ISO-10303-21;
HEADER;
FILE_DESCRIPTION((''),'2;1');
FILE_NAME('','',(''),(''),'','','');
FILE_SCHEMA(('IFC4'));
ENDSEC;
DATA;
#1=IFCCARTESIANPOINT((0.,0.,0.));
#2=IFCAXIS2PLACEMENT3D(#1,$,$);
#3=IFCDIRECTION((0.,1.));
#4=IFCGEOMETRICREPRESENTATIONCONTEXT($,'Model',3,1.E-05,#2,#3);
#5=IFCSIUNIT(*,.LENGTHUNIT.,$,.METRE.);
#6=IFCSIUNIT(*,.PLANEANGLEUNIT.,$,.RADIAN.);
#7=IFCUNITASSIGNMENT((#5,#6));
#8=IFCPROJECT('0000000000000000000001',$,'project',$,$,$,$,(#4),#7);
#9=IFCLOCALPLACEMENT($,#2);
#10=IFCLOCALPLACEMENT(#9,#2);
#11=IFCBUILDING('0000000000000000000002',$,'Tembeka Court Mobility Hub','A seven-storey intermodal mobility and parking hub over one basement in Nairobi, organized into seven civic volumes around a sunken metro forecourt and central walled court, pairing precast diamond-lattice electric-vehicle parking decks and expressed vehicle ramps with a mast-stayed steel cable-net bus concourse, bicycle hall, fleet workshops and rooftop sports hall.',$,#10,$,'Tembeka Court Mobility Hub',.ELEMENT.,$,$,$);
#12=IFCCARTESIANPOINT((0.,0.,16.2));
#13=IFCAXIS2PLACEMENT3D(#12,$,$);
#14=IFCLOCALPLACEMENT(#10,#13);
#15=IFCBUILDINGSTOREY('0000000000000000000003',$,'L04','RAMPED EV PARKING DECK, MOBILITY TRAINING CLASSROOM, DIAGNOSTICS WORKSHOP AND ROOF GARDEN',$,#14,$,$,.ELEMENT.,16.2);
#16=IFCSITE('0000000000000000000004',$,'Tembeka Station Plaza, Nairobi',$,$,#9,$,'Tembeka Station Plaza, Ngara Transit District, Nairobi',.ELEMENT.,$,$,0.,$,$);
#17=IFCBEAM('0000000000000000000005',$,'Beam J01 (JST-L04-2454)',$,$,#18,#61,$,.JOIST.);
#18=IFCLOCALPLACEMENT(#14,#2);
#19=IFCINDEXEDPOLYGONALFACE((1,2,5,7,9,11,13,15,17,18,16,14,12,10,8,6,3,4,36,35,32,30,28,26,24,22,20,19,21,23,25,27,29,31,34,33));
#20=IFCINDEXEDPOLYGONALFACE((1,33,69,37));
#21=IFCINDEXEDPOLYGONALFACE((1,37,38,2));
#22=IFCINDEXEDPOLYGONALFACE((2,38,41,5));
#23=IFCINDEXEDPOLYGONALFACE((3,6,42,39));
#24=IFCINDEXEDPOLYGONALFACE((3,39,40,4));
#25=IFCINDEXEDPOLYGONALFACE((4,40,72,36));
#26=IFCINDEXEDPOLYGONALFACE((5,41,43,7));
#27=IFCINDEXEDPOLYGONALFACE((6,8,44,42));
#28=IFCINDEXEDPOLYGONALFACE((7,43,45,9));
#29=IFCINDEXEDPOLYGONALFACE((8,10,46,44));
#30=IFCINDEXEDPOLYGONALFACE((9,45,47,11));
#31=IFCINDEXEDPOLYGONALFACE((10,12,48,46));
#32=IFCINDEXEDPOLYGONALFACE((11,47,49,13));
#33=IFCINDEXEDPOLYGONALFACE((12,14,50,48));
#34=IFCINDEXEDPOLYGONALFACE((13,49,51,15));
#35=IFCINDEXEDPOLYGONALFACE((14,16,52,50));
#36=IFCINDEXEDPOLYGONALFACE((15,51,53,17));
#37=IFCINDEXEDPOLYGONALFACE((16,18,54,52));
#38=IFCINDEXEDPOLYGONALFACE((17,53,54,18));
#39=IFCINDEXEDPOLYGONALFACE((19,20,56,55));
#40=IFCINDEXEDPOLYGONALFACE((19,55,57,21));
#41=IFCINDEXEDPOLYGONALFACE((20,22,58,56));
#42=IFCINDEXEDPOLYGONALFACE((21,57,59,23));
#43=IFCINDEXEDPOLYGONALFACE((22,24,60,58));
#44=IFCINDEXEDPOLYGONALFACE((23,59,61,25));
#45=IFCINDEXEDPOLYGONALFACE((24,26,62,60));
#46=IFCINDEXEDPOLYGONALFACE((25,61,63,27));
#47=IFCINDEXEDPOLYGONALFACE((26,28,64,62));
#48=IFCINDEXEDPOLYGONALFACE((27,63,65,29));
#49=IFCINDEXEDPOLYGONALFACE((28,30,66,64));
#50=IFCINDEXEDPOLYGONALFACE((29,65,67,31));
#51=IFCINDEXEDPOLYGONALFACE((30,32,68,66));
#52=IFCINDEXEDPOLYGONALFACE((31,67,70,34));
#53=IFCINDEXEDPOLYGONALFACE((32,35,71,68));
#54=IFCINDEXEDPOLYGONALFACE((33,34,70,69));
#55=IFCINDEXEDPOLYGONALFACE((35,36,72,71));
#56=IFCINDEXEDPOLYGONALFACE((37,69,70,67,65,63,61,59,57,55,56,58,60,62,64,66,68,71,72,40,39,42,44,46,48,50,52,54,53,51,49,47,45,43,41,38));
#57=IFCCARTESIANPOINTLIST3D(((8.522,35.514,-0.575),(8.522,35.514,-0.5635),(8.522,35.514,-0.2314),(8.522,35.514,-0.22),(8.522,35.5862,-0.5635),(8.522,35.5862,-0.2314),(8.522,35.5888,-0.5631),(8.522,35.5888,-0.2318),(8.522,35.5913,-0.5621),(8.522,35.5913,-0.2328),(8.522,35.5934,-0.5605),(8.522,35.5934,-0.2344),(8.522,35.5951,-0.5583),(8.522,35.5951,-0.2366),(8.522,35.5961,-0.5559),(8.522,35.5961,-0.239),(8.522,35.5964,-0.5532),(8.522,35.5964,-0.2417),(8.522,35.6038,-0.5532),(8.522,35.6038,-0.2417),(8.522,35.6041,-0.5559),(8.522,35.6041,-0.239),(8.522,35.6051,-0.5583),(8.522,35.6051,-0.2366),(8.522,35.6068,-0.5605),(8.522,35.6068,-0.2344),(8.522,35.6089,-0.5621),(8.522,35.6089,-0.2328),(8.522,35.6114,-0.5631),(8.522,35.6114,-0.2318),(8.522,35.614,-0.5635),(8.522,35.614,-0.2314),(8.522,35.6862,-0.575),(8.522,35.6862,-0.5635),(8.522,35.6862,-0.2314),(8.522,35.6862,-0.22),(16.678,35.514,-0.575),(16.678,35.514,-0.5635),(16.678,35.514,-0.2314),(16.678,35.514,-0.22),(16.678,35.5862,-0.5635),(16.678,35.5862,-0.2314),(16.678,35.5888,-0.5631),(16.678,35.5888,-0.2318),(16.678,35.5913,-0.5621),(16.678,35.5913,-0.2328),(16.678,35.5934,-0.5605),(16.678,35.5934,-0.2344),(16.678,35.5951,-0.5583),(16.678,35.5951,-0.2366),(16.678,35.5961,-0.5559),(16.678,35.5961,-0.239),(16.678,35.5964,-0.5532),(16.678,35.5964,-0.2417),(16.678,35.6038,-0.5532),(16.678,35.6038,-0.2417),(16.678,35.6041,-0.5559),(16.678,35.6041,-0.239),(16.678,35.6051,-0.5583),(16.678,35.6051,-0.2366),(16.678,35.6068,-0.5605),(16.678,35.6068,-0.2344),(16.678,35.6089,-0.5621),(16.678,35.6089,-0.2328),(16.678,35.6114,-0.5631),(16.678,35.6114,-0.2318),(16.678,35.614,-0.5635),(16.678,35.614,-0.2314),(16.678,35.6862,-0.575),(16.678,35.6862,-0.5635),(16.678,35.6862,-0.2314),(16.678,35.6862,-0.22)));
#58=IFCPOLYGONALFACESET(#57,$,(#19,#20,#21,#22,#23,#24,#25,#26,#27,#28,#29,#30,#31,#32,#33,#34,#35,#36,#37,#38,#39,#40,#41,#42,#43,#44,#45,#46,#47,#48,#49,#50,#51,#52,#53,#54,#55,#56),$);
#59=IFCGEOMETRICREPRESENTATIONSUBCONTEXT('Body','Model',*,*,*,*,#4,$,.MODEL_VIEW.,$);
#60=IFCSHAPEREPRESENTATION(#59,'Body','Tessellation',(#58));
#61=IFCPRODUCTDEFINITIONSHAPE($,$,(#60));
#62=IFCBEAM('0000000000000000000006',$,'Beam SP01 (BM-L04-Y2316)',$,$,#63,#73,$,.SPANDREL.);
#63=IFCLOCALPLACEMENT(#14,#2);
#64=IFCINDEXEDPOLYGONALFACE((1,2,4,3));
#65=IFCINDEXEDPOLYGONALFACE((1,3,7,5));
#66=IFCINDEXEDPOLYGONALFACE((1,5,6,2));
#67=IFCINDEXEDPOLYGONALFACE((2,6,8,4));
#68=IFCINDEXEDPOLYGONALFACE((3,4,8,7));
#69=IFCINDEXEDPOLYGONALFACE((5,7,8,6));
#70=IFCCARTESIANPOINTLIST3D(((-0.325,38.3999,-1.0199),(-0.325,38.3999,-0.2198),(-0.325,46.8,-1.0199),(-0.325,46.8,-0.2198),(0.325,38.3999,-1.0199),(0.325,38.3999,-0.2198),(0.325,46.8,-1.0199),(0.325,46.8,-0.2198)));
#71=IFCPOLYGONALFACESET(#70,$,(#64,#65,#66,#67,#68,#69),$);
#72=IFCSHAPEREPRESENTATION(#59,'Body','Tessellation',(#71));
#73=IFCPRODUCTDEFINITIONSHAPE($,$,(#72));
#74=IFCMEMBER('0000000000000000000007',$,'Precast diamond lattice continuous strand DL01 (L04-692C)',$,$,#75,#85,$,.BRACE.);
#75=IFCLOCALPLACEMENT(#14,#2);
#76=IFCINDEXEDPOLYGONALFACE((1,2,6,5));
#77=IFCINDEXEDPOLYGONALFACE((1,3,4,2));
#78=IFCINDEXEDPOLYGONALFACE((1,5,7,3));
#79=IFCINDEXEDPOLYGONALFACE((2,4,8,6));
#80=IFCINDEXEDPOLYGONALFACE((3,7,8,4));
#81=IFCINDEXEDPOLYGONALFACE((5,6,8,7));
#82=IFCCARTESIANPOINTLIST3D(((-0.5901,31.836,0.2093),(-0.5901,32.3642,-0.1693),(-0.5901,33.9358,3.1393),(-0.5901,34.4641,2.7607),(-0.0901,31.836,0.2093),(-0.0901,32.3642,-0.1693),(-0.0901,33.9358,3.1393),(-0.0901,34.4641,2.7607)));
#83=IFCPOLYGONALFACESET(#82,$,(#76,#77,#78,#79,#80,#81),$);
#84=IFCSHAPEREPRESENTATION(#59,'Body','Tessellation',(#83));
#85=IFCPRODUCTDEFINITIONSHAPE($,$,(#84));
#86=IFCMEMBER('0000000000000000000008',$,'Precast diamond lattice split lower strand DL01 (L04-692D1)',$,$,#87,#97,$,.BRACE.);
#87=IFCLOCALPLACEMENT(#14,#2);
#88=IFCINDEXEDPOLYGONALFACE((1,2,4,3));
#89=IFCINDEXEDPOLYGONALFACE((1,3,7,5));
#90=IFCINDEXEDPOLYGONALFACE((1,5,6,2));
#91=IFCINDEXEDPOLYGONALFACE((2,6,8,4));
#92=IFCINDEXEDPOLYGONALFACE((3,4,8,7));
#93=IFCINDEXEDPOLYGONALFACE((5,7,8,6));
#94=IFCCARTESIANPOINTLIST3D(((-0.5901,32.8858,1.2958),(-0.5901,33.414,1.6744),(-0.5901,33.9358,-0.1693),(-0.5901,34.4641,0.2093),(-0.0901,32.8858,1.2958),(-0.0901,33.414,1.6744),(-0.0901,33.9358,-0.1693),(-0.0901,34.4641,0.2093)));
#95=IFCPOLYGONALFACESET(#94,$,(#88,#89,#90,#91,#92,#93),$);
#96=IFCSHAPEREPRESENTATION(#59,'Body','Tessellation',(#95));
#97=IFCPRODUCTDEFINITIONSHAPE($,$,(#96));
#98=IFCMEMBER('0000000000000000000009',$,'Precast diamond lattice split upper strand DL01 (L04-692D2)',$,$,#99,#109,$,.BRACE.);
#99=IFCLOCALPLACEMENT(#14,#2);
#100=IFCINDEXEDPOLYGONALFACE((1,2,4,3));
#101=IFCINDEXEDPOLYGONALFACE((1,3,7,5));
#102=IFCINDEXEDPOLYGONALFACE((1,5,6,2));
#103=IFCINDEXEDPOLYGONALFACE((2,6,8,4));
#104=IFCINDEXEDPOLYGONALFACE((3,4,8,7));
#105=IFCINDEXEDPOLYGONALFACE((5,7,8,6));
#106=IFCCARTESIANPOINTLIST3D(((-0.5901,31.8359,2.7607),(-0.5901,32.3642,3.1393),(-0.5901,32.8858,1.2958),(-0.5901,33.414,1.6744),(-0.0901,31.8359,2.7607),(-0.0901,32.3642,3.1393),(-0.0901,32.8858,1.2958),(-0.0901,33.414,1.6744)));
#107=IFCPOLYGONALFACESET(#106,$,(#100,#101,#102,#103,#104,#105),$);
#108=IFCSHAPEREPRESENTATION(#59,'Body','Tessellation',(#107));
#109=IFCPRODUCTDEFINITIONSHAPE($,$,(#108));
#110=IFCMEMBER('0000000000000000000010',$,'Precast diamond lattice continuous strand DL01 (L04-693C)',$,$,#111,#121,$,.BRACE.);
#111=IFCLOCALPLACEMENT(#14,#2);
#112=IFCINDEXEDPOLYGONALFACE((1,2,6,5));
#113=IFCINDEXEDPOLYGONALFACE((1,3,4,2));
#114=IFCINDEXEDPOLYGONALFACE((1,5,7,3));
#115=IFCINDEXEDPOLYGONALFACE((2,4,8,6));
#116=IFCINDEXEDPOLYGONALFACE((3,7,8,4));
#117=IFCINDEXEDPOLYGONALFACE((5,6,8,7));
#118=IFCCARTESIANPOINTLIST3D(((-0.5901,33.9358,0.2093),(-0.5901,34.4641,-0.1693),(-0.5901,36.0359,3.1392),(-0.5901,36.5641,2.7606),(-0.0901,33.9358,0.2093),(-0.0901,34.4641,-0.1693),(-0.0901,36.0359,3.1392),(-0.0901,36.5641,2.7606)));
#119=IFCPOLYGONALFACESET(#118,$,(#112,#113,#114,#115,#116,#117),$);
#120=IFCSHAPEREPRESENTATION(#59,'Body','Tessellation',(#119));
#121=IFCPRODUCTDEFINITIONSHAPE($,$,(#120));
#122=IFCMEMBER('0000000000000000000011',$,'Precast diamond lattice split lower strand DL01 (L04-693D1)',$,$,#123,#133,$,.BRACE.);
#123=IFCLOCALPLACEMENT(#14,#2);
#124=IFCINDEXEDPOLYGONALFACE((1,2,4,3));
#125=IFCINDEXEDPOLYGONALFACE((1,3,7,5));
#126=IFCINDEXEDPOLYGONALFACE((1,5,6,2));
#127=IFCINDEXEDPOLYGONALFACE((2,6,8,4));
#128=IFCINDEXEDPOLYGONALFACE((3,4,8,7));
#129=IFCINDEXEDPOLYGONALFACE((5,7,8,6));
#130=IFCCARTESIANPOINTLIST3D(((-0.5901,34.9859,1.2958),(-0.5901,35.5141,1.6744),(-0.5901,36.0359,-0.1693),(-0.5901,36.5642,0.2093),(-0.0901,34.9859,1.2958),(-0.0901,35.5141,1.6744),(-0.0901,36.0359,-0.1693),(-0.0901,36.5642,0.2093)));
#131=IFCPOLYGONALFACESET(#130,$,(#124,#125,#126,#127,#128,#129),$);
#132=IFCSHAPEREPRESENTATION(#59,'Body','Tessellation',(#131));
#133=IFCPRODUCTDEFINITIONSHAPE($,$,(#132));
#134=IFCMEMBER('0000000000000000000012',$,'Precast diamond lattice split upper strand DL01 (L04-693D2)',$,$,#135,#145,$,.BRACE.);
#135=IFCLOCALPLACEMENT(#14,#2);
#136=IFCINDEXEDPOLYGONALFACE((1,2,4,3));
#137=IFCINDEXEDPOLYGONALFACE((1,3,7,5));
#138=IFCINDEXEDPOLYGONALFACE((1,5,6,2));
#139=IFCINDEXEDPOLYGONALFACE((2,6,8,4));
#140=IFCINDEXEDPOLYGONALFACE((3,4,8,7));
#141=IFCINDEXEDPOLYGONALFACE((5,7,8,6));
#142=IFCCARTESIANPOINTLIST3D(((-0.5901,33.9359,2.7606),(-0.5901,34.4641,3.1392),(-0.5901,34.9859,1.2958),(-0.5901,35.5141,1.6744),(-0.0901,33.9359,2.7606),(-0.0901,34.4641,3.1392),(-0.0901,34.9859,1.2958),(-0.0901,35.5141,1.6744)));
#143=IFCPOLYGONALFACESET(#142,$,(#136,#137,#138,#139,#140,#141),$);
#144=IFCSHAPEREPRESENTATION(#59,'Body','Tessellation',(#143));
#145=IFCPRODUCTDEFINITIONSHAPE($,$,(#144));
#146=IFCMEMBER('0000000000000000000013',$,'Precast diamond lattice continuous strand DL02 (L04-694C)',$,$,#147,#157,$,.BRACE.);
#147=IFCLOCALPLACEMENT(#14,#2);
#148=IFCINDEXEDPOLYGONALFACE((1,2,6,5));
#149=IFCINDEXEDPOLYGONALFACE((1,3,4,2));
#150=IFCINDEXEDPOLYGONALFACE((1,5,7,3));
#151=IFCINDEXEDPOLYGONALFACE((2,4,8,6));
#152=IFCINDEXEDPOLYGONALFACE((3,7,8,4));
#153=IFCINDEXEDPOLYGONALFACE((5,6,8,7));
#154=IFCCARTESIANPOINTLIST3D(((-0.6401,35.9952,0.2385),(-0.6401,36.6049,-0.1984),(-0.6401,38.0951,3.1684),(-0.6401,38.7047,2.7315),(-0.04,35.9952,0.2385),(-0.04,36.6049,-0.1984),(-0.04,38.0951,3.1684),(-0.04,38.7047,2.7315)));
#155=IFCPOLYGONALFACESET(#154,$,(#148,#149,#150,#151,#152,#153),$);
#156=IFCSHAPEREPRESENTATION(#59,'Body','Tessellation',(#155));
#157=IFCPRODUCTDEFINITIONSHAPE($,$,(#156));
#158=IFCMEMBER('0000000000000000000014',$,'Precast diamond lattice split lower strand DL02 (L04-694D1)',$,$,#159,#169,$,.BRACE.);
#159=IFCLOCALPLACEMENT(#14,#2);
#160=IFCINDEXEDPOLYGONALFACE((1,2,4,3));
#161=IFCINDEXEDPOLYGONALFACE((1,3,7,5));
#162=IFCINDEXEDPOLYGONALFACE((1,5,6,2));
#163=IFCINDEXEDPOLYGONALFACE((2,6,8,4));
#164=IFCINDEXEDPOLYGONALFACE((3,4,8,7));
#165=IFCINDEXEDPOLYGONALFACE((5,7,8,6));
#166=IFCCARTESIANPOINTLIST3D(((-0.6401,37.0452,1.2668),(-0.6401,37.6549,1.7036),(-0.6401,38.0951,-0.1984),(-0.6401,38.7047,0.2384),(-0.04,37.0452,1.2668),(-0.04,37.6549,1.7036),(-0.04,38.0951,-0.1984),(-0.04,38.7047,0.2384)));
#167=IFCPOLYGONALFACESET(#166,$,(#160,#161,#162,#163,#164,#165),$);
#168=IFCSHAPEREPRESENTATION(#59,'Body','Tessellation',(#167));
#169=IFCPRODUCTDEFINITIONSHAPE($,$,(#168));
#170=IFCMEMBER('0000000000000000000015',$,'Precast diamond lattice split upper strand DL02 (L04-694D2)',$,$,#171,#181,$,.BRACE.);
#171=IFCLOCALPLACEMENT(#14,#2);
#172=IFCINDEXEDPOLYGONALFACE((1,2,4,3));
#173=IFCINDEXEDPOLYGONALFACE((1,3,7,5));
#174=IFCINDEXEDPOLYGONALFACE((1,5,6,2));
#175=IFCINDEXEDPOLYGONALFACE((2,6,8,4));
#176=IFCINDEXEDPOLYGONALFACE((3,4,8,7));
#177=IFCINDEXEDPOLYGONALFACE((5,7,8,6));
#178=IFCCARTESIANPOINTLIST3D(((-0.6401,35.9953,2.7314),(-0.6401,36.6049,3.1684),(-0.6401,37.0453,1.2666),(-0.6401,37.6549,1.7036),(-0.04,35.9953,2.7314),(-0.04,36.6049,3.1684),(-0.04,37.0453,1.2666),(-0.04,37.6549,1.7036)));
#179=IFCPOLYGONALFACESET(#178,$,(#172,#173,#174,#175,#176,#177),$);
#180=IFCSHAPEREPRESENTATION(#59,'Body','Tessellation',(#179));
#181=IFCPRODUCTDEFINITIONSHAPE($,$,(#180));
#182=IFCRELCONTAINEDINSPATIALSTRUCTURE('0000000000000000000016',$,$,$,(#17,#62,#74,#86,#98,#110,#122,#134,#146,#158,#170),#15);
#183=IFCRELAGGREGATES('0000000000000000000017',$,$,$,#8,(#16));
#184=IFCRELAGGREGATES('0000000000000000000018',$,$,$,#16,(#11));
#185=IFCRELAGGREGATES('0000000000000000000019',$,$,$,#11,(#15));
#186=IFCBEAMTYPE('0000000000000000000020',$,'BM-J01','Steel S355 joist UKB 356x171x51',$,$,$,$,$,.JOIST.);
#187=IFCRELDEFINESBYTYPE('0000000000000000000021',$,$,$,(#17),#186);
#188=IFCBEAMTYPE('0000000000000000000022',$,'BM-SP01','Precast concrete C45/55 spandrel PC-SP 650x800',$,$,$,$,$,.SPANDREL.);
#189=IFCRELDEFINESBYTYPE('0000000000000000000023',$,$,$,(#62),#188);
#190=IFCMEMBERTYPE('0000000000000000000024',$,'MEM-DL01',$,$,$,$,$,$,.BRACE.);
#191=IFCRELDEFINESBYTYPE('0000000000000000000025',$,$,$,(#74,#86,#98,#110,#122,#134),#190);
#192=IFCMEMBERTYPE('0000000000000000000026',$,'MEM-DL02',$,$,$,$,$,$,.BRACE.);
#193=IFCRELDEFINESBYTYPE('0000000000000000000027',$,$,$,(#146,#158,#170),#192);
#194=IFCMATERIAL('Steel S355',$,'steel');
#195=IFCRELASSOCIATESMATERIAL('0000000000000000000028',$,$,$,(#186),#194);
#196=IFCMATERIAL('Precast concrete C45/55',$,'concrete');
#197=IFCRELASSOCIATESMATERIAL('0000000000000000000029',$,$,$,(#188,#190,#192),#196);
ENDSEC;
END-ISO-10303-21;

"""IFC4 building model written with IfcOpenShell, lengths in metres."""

from ifc_helpers import new_model, si_unit, direction, frame, origin, origin_2d, place, context, subcontext, project, spatial, rectangle, i_section, extrude, material, material_profile, profile_set, type_object, element, save


model = new_model("IFC4")

# Units and contexts
model_context = context("Model", 3, precision=1e-05, world=origin(), true_north=direction((0.0, 1.0)))
body_context = subcontext(model_context, "Body", "Model", "MODEL_VIEW")
ifc_project = project(units=[si_unit("LENGTHUNIT", "METRE"), si_unit("PLANEANGLEUNIT", "RADIAN")], contexts=[model_context])

# Site, building, storey
site_placement = place(None, origin())
site = spatial("IfcSite", under=ifc_project, at=site_placement, Name="Tembeka Station Plaza, Nairobi", LongName="Tembeka Station Plaza, Ngara Transit District, Nairobi", CompositionType="ELEMENT", RefElevation=0.0)
building_placement = place(site_placement, origin())
building = spatial("IfcBuilding", under=site, at=building_placement, Name="Tembeka Court Mobility Hub", Description="A seven-storey intermodal mobility and parking hub over one basement in Nairobi, organized into seven civic volumes around a sunken metro forecourt and central walled court, pairing precast diamond-lattice electric-vehicle parking decks and expressed vehicle ramps with a mast-stayed steel cable-net bus concourse, bicycle hall, fleet workshops and rooftop sports hall.", LongName="Tembeka Court Mobility Hub", CompositionType="ELEMENT")
storey_placement = place(building_placement, frame((0.0, 0.0, 16.2)))
storey = spatial("IfcBuildingStorey", under=building, at=storey_placement, Name="L04", Description="RAMPED EV PARKING DECK, MOBILITY TRAINING CLASSROOM, DIAGNOSTICS WORKSHOP AND ROOF GARDEN", CompositionType="ELEMENT", Elevation=16.2)

# Shared definitions
ifc_material_1 = material(Name="Steel S355", Category="steel")

# Beams
ifc_material_profile_1 = material_profile(ifc_material_1, i_section(OverallWidth=0.1721, OverallDepth=0.355, WebThickness=0.0073, FlangeThickness=0.0115, FilletRadius=0.0103, at=origin_2d()), Name="UKB 356x171x51")
ifc_profile_set_1 = profile_set([ifc_material_profile_1], Name="Steel S355")
beam_type_1 = type_object("IfcBeamType", Name="BM-J01", Description="Steel S355 joist UKB 356x171x51", PredefinedType="JOIST", material=ifc_profile_set_1)
for number, where, z_axis, x_axis, name in (
    (1, (8.522, 35.6001, -0.3975), (1.0, 0.0, 0.0), (0.0, 1.0, 0.0), "Beam J01 (JST-L04-2454)"),
):
    element("IfcBeam", number, at=place(storey_placement, frame(where, z_axis=z_axis, x_axis=x_axis)), inside=storey, type_object=beam_type_1, Name=name, PredefinedType="JOIST", context=body_context, shape_type="SweptSolid", body=[
        extrude(i_section(OverallWidth=0.1721, OverallDepth=0.355, WebThickness=0.0073, FlangeThickness=0.0115, FilletRadius=0.0103, at=origin_2d()), origin(), (0.0, 0.0, 1.0), 8.156),
    ])
ifc_material_2 = material(Name="Precast concrete C45/55", Category="concrete")
ifc_material_profile_2 = material_profile(ifc_material_2, rectangle(XDim=0.6499, YDim=0.8, at=origin_2d()), Name="PC-SP 650x800")
ifc_profile_set_2 = profile_set([ifc_material_profile_2], Name="Precast concrete C45/55")
beam_type_2 = type_object("IfcBeamType", Name="BM-SP01", Description="Precast concrete C45/55 spandrel PC-SP 650x800", PredefinedType="SPANDREL", material=ifc_profile_set_2)
beam_1_placement = place(storey_placement, frame((0.0, 38.3999, -0.6199), z_axis=(0.0, 1.0, 0.0), x_axis=(-1.0, 0.0, 0.0)))
element("IfcBeam", 2, at=beam_1_placement, inside=storey, type_object=beam_type_2, Name="Beam SP01 (BM-L04-Y2316)", PredefinedType="SPANDREL", context=body_context, shape_type="SweptSolid", body=[
    extrude(rectangle(XDim=0.6499, YDim=0.8, at=origin_2d()), origin(), (0.0, 0.0, 1.0), 8.4001),
])

# Members
ifc_material_profile_3 = material_profile(ifc_material_2, rectangle(XDim=0.5, YDim=0.6499, at=origin_2d()), Name="PC-DIAG 500x650")
ifc_profile_set_3 = profile_set([ifc_material_profile_3], Name="Precast concrete C45/55")
member_type_1 = type_object("IfcMemberType", Name="MEM-DL01", PredefinedType="BRACE", material=ifc_profile_set_3)
member_1_placement = place(storey_placement, frame((-0.3401, 32.1001, 0.02), z_axis=(0.0, 0.582532, 0.812808), x_axis=(-1.0, 0.0, 0.0)))
element("IfcMember", 3, at=member_1_placement, inside=storey, type_object=member_type_1, Name="Precast diamond lattice continuous strand DL01 (L04-692C)", PredefinedType="BRACE", context=body_context, shape_type="SweptSolid", body=[
    extrude(rectangle(XDim=0.5, YDim=0.6499, at=origin_2d()), origin(), (0.0, 0.0, 1.0), 3.6047),
])
member_2_placement = place(storey_placement, frame((-0.3401, 34.2, 0.02), z_axis=(0.0, -0.582544, 0.812799), x_axis=(1.0, 0.0, 0.0)))
element("IfcMember", 4, at=member_2_placement, inside=storey, type_object=member_type_1, Name="Precast diamond lattice split lower strand DL01 (L04-692D1)", PredefinedType="BRACE", context=body_context, shape_type="SweptSolid", body=[
    extrude(rectangle(XDim=0.5, YDim=0.6499, at=origin_2d()), origin(), (0.0, 0.0, 1.0), 1.8025),
])
member_3_placement = place(storey_placement, frame((-0.3401, 33.1499, 1.4851), z_axis=(0.0, -0.582519, 0.812817), x_axis=(1.0, 0.0, 0.0)))
element("IfcMember", 5, at=member_3_placement, inside=storey, type_object=member_type_1, Name="Precast diamond lattice split upper strand DL01 (L04-692D2)", PredefinedType="BRACE", context=body_context, shape_type="SweptSolid", body=[
    extrude(rectangle(XDim=0.5, YDim=0.6499, at=origin_2d()), origin(), (0.0, 0.0, 1.0), 1.8022),
])
member_4_placement = place(storey_placement, frame((-0.3401, 34.2, 0.02), z_axis=(0.0, 0.582576, 0.812776), x_axis=(-1.0, 0.0, 0.0)))
element("IfcMember", 6, at=member_4_placement, inside=storey, type_object=member_type_1, Name="Precast diamond lattice continuous strand DL01 (L04-693C)", PredefinedType="BRACE", context=body_context, shape_type="SweptSolid", body=[
    extrude(rectangle(XDim=0.5, YDim=0.6499, at=origin_2d()), origin(), (0.0, 0.0, 1.0), 3.6047),
])
member_5_placement = place(storey_placement, frame((-0.3401, 36.3, 0.02), z_axis=(0.0, -0.582544, 0.812799), x_axis=(1.0, 0.0, 0.0)))
element("IfcMember", 7, at=member_5_placement, inside=storey, type_object=member_type_1, Name="Precast diamond lattice split lower strand DL01 (L04-693D1)", PredefinedType="BRACE", context=body_context, shape_type="SweptSolid", body=[
    extrude(rectangle(XDim=0.5, YDim=0.6499, at=origin_2d()), origin(), (0.0, 0.0, 1.0), 1.8025),
])
member_6_placement = place(storey_placement, frame((-0.3401, 35.25, 1.4851), z_axis=(0.0, -0.582608, 0.812753), x_axis=(1.0, 0.0, 0.0)))
element("IfcMember", 8, at=member_6_placement, inside=storey, type_object=member_type_1, Name="Precast diamond lattice split upper strand DL01 (L04-693D2)", PredefinedType="BRACE", context=body_context, shape_type="SweptSolid", body=[
    extrude(rectangle(XDim=0.5, YDim=0.6499, at=origin_2d()), origin(), (0.0, 0.0, 1.0), 1.8022),
])
ifc_material_profile_4 = material_profile(ifc_material_2, rectangle(XDim=0.6001, YDim=0.75, at=origin_2d()), Name="PC-DIAG 600x750")
ifc_profile_set_4 = profile_set([ifc_material_profile_4], Name="Precast concrete C45/55")
member_type_2 = type_object("IfcMemberType", Name="MEM-DL02", PredefinedType="BRACE", material=ifc_profile_set_4)
member_7_placement = place(storey_placement, frame((-0.3401, 36.3, 0.02), z_axis=(0.0, 0.582532, 0.812808), x_axis=(-1.0, 0.0, 0.0)))
element("IfcMember", 9, at=member_7_placement, inside=storey, type_object=member_type_2, Name="Precast diamond lattice continuous strand DL02 (L04-694C)", PredefinedType="BRACE", context=body_context, shape_type="SweptSolid", body=[
    extrude(rectangle(XDim=0.6001, YDim=0.75, at=origin_2d()), origin(), (0.0, 0.0, 1.0), 3.6047),
])
member_8_placement = place(storey_placement, frame((-0.3401, 38.3999, 0.02), z_axis=(0.0, -0.582455, 0.812863), x_axis=(1.0, 0.0, 0.0)))
element("IfcMember", 10, at=member_8_placement, inside=storey, type_object=member_type_2, Name="Precast diamond lattice split lower strand DL02 (L04-694D1)", PredefinedType="BRACE", context=body_context, shape_type="SweptSolid", body=[
    extrude(rectangle(XDim=0.6001, YDim=0.75, at=origin_2d()), origin(), (0.0, 0.0, 1.0), 1.8025),
])
member_9_placement = place(storey_placement, frame((-0.3401, 37.3501, 1.4851), z_axis=(0.0, -0.582608, 0.812753), x_axis=(1.0, 0.0, 0.0)))
element("IfcMember", 11, at=member_9_placement, inside=storey, type_object=member_type_2, Name="Precast diamond lattice split upper strand DL02 (L04-694D2)", PredefinedType="BRACE", context=body_context, shape_type="SweptSolid", body=[
    extrude(rectangle(XDim=0.6001, YDim=0.75, at=origin_2d()), origin(), (0.0, 0.0, 1.0), 1.8022),
])

save(model, "model.ifc")
